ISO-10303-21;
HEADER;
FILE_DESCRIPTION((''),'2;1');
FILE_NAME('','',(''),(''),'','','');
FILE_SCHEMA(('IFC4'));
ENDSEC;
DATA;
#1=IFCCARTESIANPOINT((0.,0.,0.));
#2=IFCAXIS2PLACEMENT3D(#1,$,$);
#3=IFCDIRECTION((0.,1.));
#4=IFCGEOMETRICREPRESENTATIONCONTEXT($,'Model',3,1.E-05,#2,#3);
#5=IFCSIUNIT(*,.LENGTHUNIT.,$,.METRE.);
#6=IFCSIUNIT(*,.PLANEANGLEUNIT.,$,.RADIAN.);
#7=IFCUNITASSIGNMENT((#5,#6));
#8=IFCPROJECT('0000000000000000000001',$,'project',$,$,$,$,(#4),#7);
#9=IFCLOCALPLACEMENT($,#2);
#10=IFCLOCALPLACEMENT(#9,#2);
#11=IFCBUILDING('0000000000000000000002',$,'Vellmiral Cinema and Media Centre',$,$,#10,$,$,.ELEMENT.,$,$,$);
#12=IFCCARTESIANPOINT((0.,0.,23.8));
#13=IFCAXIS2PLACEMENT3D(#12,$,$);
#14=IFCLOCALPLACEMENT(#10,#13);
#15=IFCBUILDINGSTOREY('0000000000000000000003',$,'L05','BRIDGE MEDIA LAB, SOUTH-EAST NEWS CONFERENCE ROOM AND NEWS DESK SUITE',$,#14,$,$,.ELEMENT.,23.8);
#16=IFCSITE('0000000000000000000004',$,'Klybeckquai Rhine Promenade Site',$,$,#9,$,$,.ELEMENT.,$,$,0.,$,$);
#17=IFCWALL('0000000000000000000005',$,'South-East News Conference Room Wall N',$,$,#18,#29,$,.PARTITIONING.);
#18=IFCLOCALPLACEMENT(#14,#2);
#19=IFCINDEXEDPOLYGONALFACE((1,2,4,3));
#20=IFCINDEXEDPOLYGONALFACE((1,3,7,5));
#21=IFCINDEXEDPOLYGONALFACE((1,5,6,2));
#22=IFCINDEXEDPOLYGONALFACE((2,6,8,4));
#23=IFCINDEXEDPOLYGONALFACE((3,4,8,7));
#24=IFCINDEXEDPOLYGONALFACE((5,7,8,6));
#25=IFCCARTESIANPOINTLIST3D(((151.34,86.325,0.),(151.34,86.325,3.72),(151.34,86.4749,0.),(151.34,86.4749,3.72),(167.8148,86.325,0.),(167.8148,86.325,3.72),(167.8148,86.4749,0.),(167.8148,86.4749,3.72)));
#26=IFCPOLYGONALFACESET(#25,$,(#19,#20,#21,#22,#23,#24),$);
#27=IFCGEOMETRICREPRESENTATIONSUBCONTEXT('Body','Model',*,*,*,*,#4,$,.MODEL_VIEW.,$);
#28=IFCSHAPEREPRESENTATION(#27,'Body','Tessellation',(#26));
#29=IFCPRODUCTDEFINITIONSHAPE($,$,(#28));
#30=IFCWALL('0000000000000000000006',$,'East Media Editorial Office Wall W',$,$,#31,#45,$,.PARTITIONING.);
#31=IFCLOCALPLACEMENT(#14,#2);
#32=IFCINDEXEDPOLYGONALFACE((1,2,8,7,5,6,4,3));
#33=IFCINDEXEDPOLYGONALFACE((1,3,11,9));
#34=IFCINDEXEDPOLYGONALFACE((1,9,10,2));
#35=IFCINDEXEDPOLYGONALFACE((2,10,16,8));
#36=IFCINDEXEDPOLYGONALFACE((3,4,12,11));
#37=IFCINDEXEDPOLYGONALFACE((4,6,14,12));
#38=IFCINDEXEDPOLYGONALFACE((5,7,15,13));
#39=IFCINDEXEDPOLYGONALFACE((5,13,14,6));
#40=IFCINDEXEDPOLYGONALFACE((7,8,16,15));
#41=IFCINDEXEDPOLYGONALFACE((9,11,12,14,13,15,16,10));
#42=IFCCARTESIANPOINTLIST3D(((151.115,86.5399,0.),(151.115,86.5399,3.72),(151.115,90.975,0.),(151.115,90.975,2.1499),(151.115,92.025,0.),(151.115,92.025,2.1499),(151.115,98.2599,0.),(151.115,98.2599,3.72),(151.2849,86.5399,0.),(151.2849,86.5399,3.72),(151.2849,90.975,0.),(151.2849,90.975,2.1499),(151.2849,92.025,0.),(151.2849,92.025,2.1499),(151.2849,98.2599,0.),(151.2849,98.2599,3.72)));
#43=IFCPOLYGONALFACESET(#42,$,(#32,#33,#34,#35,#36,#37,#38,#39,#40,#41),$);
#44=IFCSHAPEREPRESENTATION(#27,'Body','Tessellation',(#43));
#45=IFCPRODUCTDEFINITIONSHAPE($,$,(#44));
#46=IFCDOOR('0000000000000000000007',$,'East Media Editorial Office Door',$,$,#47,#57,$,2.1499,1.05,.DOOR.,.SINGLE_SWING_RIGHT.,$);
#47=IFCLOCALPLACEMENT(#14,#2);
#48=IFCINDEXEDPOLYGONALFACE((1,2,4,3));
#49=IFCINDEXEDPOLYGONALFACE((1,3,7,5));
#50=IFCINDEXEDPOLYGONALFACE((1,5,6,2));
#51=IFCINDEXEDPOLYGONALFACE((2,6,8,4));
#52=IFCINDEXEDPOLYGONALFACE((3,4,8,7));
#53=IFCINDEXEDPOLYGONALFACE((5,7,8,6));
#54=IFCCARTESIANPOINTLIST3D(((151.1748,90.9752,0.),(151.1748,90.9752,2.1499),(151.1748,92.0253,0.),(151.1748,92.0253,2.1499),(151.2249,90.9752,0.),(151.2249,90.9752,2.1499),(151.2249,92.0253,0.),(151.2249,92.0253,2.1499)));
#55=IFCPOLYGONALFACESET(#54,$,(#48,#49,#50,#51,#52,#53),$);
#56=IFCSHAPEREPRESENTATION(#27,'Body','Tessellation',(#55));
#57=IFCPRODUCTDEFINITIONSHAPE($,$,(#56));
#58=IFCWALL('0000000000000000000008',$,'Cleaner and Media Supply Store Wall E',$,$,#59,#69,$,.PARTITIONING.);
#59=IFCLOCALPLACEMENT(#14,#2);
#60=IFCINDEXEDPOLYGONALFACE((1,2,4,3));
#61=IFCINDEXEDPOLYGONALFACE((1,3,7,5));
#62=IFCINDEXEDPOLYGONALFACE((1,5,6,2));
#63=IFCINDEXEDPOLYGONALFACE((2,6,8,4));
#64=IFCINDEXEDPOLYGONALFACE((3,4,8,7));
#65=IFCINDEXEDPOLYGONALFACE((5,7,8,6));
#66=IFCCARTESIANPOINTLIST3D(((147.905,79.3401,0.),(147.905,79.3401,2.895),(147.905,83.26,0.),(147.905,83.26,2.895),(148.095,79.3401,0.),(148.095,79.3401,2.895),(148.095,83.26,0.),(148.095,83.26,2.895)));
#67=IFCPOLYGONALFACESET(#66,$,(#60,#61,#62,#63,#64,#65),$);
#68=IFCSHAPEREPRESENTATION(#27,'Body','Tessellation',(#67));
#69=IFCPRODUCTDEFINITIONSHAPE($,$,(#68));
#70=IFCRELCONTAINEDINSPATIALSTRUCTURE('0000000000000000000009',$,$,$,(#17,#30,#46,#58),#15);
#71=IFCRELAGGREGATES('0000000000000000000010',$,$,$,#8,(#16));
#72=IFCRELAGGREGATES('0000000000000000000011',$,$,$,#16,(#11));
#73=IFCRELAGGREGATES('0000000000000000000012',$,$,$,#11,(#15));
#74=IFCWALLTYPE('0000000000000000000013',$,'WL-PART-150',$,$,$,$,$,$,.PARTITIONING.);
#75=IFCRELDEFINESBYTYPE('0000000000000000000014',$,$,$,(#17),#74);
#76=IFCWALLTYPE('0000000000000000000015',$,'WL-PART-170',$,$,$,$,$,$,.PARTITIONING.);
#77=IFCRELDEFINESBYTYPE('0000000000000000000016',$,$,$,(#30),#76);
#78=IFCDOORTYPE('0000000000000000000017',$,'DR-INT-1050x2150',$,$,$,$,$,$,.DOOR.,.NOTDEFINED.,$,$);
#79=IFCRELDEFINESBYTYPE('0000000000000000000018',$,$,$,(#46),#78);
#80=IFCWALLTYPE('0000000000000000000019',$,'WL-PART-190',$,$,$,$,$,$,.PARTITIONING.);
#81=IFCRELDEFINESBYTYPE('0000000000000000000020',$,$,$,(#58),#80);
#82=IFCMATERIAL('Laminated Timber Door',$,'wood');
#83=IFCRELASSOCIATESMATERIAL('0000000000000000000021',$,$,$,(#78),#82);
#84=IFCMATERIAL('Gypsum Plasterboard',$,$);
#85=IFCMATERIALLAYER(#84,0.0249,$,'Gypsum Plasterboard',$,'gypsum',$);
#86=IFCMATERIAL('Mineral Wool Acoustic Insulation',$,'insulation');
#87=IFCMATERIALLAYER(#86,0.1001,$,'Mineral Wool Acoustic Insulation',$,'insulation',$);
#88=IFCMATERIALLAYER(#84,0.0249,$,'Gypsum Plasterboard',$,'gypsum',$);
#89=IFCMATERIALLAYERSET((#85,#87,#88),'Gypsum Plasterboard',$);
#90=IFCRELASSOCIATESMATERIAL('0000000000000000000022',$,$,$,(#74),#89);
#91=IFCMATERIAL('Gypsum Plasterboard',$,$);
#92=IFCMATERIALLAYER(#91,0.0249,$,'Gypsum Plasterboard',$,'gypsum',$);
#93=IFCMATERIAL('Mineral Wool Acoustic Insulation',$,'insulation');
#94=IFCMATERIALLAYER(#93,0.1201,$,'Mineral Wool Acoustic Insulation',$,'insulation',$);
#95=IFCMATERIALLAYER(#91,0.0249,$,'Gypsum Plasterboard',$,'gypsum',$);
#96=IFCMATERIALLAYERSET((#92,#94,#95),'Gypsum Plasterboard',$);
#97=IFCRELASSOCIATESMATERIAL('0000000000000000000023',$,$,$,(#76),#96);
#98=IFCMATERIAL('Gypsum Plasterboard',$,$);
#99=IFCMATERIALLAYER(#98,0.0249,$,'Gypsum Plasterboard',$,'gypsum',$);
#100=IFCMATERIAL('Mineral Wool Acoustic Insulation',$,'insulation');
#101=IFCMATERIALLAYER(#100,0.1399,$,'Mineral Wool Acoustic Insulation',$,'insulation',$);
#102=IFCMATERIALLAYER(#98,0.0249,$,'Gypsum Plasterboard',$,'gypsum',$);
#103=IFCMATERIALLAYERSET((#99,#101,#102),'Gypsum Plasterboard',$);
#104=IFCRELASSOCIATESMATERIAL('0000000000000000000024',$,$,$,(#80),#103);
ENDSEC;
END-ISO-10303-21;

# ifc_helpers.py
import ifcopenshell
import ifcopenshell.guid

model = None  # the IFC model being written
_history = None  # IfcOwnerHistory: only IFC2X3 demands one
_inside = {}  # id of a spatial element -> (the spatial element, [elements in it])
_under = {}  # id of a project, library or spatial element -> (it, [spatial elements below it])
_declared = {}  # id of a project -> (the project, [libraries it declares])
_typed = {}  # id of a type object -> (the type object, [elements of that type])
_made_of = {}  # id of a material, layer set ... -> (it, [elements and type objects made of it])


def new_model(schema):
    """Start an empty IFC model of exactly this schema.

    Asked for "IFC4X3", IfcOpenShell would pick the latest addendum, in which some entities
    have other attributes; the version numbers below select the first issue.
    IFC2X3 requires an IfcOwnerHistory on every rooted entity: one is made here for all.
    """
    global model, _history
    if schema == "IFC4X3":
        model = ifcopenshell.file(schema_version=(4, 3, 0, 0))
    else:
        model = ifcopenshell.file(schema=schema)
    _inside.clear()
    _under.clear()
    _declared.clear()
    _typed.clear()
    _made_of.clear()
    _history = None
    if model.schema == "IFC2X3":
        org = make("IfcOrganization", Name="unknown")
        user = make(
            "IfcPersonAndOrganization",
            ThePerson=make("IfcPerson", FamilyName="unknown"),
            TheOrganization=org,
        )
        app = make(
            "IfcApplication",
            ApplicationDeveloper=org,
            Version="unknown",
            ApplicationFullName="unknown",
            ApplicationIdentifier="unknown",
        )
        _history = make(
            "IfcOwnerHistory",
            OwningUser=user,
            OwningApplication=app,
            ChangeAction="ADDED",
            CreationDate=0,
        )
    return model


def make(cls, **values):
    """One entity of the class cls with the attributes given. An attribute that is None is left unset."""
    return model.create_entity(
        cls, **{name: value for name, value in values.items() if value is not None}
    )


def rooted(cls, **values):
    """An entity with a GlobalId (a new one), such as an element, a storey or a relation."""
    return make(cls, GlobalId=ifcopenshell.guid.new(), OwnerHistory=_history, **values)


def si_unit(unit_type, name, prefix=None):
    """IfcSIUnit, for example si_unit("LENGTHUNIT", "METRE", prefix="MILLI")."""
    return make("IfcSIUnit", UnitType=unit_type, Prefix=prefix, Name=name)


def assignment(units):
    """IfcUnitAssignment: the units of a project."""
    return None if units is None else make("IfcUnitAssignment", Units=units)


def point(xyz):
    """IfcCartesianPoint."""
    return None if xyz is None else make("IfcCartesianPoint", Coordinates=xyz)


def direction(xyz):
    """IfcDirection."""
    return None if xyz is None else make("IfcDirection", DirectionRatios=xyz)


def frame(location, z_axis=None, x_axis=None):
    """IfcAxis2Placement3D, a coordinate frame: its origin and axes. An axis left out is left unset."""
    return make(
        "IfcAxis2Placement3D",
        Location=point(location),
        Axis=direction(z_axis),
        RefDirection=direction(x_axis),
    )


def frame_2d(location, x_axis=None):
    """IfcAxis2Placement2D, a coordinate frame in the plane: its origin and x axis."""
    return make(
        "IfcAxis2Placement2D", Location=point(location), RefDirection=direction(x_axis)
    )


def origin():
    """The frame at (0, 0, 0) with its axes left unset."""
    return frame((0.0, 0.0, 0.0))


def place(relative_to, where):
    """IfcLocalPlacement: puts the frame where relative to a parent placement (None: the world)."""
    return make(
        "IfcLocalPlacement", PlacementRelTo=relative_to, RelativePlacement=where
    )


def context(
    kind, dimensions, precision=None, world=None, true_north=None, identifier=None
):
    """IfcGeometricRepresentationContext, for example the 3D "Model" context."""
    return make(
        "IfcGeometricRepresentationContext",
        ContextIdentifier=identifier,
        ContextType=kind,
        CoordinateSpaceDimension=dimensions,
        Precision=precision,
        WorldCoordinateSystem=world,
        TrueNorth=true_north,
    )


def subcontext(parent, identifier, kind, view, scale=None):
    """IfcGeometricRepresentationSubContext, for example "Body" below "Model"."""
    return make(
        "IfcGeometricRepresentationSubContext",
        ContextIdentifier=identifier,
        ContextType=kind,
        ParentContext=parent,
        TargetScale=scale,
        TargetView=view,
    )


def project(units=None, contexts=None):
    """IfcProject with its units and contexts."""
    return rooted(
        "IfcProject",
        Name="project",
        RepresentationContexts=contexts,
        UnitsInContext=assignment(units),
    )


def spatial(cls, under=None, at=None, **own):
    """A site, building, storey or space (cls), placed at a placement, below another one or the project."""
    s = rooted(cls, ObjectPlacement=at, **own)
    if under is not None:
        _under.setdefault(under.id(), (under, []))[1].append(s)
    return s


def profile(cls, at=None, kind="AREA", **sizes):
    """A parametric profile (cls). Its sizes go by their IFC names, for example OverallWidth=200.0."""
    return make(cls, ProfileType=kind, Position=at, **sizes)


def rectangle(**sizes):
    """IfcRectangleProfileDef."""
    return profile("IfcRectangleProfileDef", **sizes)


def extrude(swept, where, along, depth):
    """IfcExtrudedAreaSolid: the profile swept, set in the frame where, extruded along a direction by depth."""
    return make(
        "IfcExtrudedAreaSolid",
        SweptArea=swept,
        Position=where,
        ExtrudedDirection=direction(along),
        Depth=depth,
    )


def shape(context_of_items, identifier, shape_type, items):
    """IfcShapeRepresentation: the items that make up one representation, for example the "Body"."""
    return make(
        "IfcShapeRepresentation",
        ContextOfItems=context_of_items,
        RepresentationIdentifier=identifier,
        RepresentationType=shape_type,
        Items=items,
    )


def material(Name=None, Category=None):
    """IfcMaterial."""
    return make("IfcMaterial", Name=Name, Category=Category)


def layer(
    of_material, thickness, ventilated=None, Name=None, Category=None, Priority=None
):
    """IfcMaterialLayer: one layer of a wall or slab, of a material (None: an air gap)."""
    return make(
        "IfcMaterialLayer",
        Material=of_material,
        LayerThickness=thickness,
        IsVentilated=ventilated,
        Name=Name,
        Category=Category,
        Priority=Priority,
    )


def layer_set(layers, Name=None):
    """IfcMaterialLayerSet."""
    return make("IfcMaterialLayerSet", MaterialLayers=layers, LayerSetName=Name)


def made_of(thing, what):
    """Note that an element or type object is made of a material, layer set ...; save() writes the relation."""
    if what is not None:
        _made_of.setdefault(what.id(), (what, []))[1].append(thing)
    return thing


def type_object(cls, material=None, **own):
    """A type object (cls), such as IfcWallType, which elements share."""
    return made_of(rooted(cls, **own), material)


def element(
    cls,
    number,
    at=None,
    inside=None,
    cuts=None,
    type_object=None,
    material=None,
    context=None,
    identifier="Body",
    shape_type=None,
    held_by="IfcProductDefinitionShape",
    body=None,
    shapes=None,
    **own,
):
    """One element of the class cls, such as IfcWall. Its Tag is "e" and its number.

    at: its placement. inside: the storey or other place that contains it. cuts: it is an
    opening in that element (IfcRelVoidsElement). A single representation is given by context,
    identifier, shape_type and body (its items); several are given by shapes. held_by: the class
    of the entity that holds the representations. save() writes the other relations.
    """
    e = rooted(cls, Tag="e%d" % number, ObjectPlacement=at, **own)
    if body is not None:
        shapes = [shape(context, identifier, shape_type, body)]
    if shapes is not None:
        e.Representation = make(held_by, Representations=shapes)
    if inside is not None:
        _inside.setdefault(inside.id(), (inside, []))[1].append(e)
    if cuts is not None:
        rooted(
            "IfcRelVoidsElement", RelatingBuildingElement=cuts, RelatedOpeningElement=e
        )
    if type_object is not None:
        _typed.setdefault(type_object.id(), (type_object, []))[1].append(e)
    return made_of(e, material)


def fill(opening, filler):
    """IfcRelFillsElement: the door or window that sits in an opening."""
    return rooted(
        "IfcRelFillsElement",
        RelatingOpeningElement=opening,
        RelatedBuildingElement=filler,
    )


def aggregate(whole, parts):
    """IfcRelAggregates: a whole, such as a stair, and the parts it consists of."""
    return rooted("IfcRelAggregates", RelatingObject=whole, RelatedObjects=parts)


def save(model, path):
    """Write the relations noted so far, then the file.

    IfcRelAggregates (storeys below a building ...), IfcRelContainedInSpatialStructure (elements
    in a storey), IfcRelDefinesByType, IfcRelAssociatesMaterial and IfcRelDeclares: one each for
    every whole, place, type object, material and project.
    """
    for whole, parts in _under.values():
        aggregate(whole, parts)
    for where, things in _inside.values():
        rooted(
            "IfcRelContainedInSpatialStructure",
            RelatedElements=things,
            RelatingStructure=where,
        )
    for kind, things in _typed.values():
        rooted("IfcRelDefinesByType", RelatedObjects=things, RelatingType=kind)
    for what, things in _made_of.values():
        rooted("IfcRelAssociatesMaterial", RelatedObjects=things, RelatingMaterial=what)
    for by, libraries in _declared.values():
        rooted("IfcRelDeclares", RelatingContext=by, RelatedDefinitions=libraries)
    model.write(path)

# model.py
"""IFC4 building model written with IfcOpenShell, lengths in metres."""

from ifc_helpers import new_model, si_unit, direction, frame, frame_2d, origin, place, context, subcontext, project, spatial, rectangle, extrude, material, layer, layer_set, type_object, element, fill, save


model = new_model("IFC4")

# Units and contexts
model_context = context("Model", 3, precision=1e-05, world=origin(), true_north=direction((0.0, 1.0)))
body_context = subcontext(model_context, "Body", "Model", "MODEL_VIEW")
ifc_project = project(units=[si_unit("LENGTHUNIT", "METRE"), si_unit("PLANEANGLEUNIT", "RADIAN")], contexts=[model_context])

# Site, building, storey
site_placement = place(None, origin())
site = spatial("IfcSite", under=ifc_project, at=site_placement, Name="Klybeckquai Rhine Promenade Site", CompositionType="ELEMENT", RefElevation=0.0)
building_placement = place(site_placement, origin())
building = spatial("IfcBuilding", under=site, at=building_placement, Name="Vellmiral Cinema and Media Centre", CompositionType="ELEMENT")
storey_placement = place(building_placement, frame((0.0, 0.0, 23.8)))
storey = spatial("IfcBuildingStorey", under=building, at=storey_placement, Name="L05", Description="BRIDGE MEDIA LAB, SOUTH-EAST NEWS CONFERENCE ROOM AND NEWS DESK SUITE", CompositionType="ELEMENT", Elevation=23.8)

# Shared definitions
ifc_material_1 = material(Name="Laminated Timber Door", Category="wood")
door_type_1 = type_object("IfcDoorType", Name="DR-INT-1050x2150", OperationType="NOTDEFINED", PredefinedType="DOOR", material=ifc_material_1)

# Wall
ifc_material_2 = material(Name="Gypsum Plasterboard")
ifc_layer_1 = layer(ifc_material_2, 0.0249, Name="Gypsum Plasterboard", Category="gypsum")
ifc_material_3 = material(Name="Mineral Wool Acoustic Insulation", Category="insulation")
ifc_layer_2 = layer(ifc_material_3, 0.1001, Name="Mineral Wool Acoustic Insulation", Category="insulation")
ifc_layer_3 = layer(ifc_material_2, 0.0249, Name="Gypsum Plasterboard", Category="gypsum")
ifc_layer_set_1 = layer_set([ifc_layer_1, ifc_layer_2, ifc_layer_3], Name="Gypsum Plasterboard")
wall_type_1 = type_object("IfcWallType", Name="WL-PART-150", PredefinedType="PARTITIONING", material=ifc_layer_set_1)
wall_1_placement = place(storey_placement, frame((151.3401, 86.3999, 0.0), z_axis=(0.0, 0.0, 1.0), x_axis=(1.0, 0.0, 0.0)))
element("IfcWall", 1, at=wall_1_placement, inside=storey, type_object=wall_type_1, Name="South-East News Conference Room Wall N", PredefinedType="PARTITIONING", context=body_context, shape_type="SweptSolid", body=[
    extrude(rectangle(XDim=16.4749, YDim=0.1499, at=frame_2d((8.2373, 0.0))), origin(), (0.0, 0.0, 1.0), 3.72),
])

# Wall, opening, door
ifc_material_4 = material(Name="Gypsum Plasterboard")
ifc_layer_4 = layer(ifc_material_4, 0.0249, Name="Gypsum Plasterboard", Category="gypsum")
ifc_material_5 = material(Name="Mineral Wool Acoustic Insulation", Category="insulation")
ifc_layer_5 = layer(ifc_material_5, 0.1201, Name="Mineral Wool Acoustic Insulation", Category="insulation")
ifc_layer_6 = layer(ifc_material_4, 0.0249, Name="Gypsum Plasterboard", Category="gypsum")
ifc_layer_set_2 = layer_set([ifc_layer_4, ifc_layer_5, ifc_layer_6], Name="Gypsum Plasterboard")
wall_type_2 = type_object("IfcWallType", Name="WL-PART-170", PredefinedType="PARTITIONING", material=ifc_layer_set_2)
wall_2_placement = place(storey_placement, frame((151.2, 86.54, 0.0), z_axis=(0.0, 0.0, 1.0), x_axis=(0.0, 1.0, 0.0)))
wall_2 = element("IfcWall", 2, at=wall_2_placement, inside=storey, type_object=wall_type_2, Name="East Media Editorial Office Wall W", PredefinedType="PARTITIONING", context=body_context, shape_type="SweptSolid", body=[
    extrude(rectangle(XDim=11.72, YDim=0.1699, at=frame_2d((5.8599, 0.0))), origin(), (0.0, 0.0, 1.0), 3.72),
])
opening_1_placement = place(wall_2_placement, frame((4.4351, 0.0, 0.0)))
opening_1 = element("IfcOpeningElement", 3, at=opening_1_placement, cuts=wall_2, PredefinedType="OPENING", context=body_context, shape_type="SweptSolid", body=[
    extrude(rectangle(XDim=1.05, YDim=2.1499, at=frame_2d((0.5249, 1.075))), frame((0.0, 0.0969, 0.0), z_axis=(0.0, -1.0, 0.0), x_axis=(1.0, 0.0, 0.0)), (0.0, 0.0, 1.0), 0.1938),
])
door_1_placement = place(opening_1_placement, frame((1.05, 0.0, 0.0), z_axis=(0.0, 0.0, 1.0), x_axis=(-1.0, 0.0, 0.0)))
door_1 = element("IfcDoor", 4, at=door_1_placement, inside=storey, type_object=door_type_1, Name="East Media Editorial Office Door", OperationType="SINGLE_SWING_RIGHT", OverallHeight=2.1499, OverallWidth=1.05, PredefinedType="DOOR", context=body_context, shape_type="SweptSolid", body=[
    extrude(rectangle(XDim=1.05, YDim=2.1499, at=frame_2d((0.5249, 1.075))), frame((0.0, 0.0249, 0.0), z_axis=(0.0, -1.0, 0.0), x_axis=(1.0, 0.0, 0.0)), (0.0, 0.0, 1.0), 0.05),
])
fill(opening_1, door_1)

# Wall
ifc_material_6 = material(Name="Gypsum Plasterboard")
ifc_layer_7 = layer(ifc_material_6, 0.0249, Name="Gypsum Plasterboard", Category="gypsum")
ifc_material_7 = material(Name="Mineral Wool Acoustic Insulation", Category="insulation")
ifc_layer_8 = layer(ifc_material_7, 0.1399, Name="Mineral Wool Acoustic Insulation", Category="insulation")
ifc_layer_9 = layer(ifc_material_6, 0.0249, Name="Gypsum Plasterboard", Category="gypsum")
ifc_layer_set_3 = layer_set([ifc_layer_7, ifc_layer_8, ifc_layer_9], Name="Gypsum Plasterboard")
wall_type_3 = type_object("IfcWallType", Name="WL-PART-190", PredefinedType="PARTITIONING", material=ifc_layer_set_3)
wall_3_placement = place(storey_placement, frame((148.0, 79.3401, 0.0), z_axis=(0.0, 0.0, 1.0), x_axis=(0.0, 1.0, 0.0)))
element("IfcWall", 5, at=wall_3_placement, inside=storey, type_object=wall_type_3, Name="Cleaner and Media Supply Store Wall E", PredefinedType="PARTITIONING", context=body_context, shape_type="SweptSolid", body=[
    extrude(rectangle(XDim=3.9199, YDim=0.1899, at=frame_2d((1.96, 0.0))), origin(), (0.0, 0.0, 1.0), 2.895),
])

save(model, "model.ifc")
